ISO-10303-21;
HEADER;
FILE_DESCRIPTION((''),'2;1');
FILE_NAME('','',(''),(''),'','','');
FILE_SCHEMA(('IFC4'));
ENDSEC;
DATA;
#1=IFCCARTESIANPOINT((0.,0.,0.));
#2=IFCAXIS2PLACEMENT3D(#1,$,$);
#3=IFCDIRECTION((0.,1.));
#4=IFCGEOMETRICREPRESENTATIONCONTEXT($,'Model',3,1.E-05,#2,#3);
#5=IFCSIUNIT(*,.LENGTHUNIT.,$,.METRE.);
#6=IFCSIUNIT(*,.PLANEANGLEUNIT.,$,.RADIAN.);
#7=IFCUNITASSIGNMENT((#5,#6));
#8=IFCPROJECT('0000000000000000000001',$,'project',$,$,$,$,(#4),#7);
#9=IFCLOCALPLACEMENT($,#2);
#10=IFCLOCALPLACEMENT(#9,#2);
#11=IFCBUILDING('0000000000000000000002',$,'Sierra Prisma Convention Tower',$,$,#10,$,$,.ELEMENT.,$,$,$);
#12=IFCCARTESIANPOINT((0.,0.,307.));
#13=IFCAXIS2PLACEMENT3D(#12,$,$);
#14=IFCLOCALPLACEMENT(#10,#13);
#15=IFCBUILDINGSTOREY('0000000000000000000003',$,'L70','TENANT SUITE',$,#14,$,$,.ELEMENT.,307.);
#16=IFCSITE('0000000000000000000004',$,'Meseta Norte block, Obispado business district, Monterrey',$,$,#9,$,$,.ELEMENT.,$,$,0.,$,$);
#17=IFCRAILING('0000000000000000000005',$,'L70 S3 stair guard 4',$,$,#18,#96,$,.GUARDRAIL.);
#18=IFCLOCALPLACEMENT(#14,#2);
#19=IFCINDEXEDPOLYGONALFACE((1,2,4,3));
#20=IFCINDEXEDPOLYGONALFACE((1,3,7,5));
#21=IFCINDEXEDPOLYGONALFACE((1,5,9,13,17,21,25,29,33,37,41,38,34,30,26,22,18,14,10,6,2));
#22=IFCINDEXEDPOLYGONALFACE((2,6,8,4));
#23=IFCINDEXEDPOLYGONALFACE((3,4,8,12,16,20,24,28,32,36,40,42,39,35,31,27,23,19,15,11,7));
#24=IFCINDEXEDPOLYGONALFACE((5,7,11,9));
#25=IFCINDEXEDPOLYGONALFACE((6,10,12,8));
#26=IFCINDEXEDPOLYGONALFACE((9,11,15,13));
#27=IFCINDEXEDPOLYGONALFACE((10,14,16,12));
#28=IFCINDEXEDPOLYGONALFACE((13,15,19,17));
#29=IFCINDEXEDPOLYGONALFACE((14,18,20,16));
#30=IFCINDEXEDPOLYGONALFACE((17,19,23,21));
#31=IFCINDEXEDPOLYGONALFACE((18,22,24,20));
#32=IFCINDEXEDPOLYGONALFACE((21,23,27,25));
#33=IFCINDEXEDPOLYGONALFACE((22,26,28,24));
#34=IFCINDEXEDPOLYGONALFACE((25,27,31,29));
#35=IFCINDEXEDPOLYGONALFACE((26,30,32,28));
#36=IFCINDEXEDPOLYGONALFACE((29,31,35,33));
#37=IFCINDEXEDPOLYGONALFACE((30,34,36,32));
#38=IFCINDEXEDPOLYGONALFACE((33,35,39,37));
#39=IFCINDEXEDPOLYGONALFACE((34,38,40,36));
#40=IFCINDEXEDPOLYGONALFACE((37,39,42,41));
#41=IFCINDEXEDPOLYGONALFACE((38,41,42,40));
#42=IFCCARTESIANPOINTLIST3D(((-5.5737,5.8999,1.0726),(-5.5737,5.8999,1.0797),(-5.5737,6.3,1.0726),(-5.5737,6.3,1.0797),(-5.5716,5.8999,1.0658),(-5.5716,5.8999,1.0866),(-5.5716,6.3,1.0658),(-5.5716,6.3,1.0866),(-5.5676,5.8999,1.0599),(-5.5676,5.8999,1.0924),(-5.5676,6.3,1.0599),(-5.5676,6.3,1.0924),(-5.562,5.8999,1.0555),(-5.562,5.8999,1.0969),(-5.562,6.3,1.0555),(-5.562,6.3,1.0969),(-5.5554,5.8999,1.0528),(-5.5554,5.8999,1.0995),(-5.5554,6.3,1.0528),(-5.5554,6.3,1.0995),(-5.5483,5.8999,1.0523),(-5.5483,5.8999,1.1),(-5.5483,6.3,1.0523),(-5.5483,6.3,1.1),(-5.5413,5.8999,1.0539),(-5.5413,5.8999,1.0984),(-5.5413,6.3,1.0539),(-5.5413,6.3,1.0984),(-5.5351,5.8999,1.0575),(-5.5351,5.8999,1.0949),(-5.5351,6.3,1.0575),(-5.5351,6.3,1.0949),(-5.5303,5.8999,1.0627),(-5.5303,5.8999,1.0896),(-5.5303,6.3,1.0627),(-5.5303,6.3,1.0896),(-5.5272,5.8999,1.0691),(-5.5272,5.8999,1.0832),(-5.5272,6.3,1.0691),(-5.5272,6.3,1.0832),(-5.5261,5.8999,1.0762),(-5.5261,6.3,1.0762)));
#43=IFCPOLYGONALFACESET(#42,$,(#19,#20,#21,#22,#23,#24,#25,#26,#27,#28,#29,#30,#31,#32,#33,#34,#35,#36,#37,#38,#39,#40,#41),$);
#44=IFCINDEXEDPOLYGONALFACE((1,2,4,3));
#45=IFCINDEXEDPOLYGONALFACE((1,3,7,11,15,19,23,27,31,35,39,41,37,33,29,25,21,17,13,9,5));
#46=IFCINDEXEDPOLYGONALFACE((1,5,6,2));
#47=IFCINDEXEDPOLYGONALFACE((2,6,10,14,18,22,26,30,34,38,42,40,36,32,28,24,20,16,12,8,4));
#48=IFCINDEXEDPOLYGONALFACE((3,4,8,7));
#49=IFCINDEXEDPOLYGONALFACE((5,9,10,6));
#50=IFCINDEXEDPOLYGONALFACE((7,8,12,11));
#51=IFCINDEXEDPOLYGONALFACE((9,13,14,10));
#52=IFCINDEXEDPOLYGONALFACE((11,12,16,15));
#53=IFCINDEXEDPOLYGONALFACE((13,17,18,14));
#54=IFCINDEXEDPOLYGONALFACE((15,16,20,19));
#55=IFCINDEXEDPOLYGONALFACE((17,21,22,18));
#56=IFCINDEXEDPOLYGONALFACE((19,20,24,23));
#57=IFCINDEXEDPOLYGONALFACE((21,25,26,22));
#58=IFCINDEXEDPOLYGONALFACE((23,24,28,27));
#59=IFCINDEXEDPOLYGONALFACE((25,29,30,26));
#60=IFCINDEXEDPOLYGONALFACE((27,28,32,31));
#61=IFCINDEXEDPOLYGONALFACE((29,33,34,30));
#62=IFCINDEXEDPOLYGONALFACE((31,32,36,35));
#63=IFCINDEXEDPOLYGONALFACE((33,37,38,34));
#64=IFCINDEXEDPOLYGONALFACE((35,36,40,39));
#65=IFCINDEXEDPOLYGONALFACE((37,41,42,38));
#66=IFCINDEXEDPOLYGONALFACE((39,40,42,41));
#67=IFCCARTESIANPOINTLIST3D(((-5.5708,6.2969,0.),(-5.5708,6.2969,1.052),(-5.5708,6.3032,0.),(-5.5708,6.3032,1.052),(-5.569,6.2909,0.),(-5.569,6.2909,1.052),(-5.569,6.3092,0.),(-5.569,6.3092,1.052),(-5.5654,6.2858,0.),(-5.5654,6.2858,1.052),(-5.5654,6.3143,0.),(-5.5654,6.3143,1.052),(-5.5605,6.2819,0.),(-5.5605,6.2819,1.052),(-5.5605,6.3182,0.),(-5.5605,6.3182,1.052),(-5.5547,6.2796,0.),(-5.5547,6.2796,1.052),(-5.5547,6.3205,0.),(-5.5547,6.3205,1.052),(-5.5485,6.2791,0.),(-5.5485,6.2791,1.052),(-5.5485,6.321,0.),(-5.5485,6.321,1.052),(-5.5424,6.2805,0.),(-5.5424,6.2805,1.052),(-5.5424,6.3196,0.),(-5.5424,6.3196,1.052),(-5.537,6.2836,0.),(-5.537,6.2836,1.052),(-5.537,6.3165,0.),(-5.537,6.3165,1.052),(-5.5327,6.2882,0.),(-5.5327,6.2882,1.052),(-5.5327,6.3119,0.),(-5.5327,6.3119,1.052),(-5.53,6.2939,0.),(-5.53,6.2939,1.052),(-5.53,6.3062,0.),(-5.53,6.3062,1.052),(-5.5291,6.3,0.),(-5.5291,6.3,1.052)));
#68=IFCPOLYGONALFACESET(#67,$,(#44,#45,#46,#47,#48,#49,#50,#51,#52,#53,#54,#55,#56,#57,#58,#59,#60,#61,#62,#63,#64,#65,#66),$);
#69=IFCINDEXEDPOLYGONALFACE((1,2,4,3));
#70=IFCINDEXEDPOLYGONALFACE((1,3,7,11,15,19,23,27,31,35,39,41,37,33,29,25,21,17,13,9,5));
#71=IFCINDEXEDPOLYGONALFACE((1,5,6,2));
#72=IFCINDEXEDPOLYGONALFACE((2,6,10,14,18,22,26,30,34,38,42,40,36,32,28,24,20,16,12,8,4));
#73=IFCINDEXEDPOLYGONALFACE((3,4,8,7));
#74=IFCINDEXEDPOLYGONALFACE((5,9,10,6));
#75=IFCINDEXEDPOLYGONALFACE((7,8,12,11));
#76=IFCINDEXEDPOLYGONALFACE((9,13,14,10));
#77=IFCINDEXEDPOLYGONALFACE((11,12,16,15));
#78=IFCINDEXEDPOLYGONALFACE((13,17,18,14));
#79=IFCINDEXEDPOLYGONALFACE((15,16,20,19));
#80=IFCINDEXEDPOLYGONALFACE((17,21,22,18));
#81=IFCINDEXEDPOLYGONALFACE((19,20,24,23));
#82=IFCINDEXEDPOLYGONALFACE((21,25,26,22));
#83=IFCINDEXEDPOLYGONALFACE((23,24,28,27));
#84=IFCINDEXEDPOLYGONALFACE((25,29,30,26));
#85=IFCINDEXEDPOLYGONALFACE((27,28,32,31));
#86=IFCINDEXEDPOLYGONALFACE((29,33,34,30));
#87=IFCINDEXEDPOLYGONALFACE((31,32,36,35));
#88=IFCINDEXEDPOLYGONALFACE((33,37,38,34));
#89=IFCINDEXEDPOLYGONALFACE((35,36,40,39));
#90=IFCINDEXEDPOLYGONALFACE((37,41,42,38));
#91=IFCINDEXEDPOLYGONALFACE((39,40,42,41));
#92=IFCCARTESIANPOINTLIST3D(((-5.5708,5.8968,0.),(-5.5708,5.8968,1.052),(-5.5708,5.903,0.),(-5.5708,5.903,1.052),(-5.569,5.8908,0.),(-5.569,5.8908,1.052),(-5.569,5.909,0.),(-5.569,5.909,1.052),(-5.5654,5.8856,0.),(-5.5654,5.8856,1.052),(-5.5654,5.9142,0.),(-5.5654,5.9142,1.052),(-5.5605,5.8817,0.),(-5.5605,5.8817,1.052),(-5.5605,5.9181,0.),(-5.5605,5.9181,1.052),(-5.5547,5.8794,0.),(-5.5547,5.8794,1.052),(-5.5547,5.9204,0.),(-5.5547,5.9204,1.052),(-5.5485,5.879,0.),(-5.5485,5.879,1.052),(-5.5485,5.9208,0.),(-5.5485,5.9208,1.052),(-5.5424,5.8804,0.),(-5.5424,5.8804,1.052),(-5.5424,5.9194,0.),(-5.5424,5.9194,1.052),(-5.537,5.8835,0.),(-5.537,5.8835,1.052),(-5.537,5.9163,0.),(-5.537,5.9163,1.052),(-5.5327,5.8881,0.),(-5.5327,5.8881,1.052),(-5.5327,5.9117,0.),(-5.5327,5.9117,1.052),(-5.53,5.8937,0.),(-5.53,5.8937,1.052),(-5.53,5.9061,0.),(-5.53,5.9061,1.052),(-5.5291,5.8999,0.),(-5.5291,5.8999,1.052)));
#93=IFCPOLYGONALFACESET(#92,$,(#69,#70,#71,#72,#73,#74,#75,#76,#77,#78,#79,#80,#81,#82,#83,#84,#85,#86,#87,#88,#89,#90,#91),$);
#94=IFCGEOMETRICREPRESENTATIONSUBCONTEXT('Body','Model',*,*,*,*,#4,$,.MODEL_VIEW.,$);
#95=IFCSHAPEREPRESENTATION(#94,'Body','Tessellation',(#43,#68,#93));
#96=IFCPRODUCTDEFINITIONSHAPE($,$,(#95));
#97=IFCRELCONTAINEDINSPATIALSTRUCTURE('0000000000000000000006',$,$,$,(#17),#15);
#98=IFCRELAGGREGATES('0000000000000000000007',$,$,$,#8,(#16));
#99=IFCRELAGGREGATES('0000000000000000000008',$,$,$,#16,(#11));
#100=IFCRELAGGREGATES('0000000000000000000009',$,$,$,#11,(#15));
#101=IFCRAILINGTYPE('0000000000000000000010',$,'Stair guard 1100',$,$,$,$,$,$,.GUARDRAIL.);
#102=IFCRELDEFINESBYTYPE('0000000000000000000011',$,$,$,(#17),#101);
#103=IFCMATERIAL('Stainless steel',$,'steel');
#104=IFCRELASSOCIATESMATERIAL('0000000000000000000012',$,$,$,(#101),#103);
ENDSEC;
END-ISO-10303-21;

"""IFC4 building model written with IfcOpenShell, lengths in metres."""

from ifc_helpers import new_model, si_unit, direction, frame, origin, origin_2d, place, context, subcontext, project, spatial, circle, extrude, material, type_object, element, save


model = new_model("IFC4")

# Units and contexts
model_context = context("Model", 3, precision=1e-05, world=origin(), true_north=direction((0.0, 1.0)))
body_context = subcontext(model_context, "Body", "Model", "MODEL_VIEW")
ifc_project = project(units=[si_unit("LENGTHUNIT", "METRE"), si_unit("PLANEANGLEUNIT", "RADIAN")], contexts=[model_context])

# Site, building, storey
site_placement = place(None, origin())
site = spatial("IfcSite", under=ifc_project, at=site_placement, Name="Meseta Norte block, Obispado business district, Monterrey", CompositionType="ELEMENT", RefElevation=0.0)
building_placement = place(site_placement, origin())
building = spatial("IfcBuilding", under=site, at=building_placement, Name="Sierra Prisma Convention Tower", CompositionType="ELEMENT")
storey_placement = place(building_placement, frame((0.0, 0.0, 307.0)))
storey = spatial("IfcBuildingStorey", under=building, at=storey_placement, Name="L70", Description="TENANT SUITE", CompositionType="ELEMENT", Elevation=307.0)

# Railing
ifc_material_1 = material(Name="Stainless steel", Category="steel")
railing_type_1 = type_object("IfcRailingType", Name="Stair guard 1100", PredefinedType="GUARDRAIL", material=ifc_material_1)
railing_1_placement = place(storey_placement, frame((-5.55, 6.3, 0.0)))
element("IfcRailing", 1, at=railing_1_placement, inside=storey, type_object=railing_type_1, Name="L70 S3 stair guard 4", PredefinedType="GUARDRAIL", context=body_context, shape_type="SweptSolid", body=[
    extrude(circle(Radius=0.0239, at=origin_2d()), frame((0.0, 0.0, 1.0762), z_axis=(0.0, -1.0, 0.0), x_axis=(1.0, 0.0, 0.0)), (0.0, 0.0, 1.0), 0.4001),
    extrude(circle(Radius=0.021, at=origin_2d()), origin(), (0.0, 0.0, 1.0), 1.052),
    extrude(circle(Radius=0.021, at=origin_2d()), frame((0.0, -0.4001, 0.0)), (0.0, 0.0, 1.0), 1.052),
])

save(model, "model.ifc")
